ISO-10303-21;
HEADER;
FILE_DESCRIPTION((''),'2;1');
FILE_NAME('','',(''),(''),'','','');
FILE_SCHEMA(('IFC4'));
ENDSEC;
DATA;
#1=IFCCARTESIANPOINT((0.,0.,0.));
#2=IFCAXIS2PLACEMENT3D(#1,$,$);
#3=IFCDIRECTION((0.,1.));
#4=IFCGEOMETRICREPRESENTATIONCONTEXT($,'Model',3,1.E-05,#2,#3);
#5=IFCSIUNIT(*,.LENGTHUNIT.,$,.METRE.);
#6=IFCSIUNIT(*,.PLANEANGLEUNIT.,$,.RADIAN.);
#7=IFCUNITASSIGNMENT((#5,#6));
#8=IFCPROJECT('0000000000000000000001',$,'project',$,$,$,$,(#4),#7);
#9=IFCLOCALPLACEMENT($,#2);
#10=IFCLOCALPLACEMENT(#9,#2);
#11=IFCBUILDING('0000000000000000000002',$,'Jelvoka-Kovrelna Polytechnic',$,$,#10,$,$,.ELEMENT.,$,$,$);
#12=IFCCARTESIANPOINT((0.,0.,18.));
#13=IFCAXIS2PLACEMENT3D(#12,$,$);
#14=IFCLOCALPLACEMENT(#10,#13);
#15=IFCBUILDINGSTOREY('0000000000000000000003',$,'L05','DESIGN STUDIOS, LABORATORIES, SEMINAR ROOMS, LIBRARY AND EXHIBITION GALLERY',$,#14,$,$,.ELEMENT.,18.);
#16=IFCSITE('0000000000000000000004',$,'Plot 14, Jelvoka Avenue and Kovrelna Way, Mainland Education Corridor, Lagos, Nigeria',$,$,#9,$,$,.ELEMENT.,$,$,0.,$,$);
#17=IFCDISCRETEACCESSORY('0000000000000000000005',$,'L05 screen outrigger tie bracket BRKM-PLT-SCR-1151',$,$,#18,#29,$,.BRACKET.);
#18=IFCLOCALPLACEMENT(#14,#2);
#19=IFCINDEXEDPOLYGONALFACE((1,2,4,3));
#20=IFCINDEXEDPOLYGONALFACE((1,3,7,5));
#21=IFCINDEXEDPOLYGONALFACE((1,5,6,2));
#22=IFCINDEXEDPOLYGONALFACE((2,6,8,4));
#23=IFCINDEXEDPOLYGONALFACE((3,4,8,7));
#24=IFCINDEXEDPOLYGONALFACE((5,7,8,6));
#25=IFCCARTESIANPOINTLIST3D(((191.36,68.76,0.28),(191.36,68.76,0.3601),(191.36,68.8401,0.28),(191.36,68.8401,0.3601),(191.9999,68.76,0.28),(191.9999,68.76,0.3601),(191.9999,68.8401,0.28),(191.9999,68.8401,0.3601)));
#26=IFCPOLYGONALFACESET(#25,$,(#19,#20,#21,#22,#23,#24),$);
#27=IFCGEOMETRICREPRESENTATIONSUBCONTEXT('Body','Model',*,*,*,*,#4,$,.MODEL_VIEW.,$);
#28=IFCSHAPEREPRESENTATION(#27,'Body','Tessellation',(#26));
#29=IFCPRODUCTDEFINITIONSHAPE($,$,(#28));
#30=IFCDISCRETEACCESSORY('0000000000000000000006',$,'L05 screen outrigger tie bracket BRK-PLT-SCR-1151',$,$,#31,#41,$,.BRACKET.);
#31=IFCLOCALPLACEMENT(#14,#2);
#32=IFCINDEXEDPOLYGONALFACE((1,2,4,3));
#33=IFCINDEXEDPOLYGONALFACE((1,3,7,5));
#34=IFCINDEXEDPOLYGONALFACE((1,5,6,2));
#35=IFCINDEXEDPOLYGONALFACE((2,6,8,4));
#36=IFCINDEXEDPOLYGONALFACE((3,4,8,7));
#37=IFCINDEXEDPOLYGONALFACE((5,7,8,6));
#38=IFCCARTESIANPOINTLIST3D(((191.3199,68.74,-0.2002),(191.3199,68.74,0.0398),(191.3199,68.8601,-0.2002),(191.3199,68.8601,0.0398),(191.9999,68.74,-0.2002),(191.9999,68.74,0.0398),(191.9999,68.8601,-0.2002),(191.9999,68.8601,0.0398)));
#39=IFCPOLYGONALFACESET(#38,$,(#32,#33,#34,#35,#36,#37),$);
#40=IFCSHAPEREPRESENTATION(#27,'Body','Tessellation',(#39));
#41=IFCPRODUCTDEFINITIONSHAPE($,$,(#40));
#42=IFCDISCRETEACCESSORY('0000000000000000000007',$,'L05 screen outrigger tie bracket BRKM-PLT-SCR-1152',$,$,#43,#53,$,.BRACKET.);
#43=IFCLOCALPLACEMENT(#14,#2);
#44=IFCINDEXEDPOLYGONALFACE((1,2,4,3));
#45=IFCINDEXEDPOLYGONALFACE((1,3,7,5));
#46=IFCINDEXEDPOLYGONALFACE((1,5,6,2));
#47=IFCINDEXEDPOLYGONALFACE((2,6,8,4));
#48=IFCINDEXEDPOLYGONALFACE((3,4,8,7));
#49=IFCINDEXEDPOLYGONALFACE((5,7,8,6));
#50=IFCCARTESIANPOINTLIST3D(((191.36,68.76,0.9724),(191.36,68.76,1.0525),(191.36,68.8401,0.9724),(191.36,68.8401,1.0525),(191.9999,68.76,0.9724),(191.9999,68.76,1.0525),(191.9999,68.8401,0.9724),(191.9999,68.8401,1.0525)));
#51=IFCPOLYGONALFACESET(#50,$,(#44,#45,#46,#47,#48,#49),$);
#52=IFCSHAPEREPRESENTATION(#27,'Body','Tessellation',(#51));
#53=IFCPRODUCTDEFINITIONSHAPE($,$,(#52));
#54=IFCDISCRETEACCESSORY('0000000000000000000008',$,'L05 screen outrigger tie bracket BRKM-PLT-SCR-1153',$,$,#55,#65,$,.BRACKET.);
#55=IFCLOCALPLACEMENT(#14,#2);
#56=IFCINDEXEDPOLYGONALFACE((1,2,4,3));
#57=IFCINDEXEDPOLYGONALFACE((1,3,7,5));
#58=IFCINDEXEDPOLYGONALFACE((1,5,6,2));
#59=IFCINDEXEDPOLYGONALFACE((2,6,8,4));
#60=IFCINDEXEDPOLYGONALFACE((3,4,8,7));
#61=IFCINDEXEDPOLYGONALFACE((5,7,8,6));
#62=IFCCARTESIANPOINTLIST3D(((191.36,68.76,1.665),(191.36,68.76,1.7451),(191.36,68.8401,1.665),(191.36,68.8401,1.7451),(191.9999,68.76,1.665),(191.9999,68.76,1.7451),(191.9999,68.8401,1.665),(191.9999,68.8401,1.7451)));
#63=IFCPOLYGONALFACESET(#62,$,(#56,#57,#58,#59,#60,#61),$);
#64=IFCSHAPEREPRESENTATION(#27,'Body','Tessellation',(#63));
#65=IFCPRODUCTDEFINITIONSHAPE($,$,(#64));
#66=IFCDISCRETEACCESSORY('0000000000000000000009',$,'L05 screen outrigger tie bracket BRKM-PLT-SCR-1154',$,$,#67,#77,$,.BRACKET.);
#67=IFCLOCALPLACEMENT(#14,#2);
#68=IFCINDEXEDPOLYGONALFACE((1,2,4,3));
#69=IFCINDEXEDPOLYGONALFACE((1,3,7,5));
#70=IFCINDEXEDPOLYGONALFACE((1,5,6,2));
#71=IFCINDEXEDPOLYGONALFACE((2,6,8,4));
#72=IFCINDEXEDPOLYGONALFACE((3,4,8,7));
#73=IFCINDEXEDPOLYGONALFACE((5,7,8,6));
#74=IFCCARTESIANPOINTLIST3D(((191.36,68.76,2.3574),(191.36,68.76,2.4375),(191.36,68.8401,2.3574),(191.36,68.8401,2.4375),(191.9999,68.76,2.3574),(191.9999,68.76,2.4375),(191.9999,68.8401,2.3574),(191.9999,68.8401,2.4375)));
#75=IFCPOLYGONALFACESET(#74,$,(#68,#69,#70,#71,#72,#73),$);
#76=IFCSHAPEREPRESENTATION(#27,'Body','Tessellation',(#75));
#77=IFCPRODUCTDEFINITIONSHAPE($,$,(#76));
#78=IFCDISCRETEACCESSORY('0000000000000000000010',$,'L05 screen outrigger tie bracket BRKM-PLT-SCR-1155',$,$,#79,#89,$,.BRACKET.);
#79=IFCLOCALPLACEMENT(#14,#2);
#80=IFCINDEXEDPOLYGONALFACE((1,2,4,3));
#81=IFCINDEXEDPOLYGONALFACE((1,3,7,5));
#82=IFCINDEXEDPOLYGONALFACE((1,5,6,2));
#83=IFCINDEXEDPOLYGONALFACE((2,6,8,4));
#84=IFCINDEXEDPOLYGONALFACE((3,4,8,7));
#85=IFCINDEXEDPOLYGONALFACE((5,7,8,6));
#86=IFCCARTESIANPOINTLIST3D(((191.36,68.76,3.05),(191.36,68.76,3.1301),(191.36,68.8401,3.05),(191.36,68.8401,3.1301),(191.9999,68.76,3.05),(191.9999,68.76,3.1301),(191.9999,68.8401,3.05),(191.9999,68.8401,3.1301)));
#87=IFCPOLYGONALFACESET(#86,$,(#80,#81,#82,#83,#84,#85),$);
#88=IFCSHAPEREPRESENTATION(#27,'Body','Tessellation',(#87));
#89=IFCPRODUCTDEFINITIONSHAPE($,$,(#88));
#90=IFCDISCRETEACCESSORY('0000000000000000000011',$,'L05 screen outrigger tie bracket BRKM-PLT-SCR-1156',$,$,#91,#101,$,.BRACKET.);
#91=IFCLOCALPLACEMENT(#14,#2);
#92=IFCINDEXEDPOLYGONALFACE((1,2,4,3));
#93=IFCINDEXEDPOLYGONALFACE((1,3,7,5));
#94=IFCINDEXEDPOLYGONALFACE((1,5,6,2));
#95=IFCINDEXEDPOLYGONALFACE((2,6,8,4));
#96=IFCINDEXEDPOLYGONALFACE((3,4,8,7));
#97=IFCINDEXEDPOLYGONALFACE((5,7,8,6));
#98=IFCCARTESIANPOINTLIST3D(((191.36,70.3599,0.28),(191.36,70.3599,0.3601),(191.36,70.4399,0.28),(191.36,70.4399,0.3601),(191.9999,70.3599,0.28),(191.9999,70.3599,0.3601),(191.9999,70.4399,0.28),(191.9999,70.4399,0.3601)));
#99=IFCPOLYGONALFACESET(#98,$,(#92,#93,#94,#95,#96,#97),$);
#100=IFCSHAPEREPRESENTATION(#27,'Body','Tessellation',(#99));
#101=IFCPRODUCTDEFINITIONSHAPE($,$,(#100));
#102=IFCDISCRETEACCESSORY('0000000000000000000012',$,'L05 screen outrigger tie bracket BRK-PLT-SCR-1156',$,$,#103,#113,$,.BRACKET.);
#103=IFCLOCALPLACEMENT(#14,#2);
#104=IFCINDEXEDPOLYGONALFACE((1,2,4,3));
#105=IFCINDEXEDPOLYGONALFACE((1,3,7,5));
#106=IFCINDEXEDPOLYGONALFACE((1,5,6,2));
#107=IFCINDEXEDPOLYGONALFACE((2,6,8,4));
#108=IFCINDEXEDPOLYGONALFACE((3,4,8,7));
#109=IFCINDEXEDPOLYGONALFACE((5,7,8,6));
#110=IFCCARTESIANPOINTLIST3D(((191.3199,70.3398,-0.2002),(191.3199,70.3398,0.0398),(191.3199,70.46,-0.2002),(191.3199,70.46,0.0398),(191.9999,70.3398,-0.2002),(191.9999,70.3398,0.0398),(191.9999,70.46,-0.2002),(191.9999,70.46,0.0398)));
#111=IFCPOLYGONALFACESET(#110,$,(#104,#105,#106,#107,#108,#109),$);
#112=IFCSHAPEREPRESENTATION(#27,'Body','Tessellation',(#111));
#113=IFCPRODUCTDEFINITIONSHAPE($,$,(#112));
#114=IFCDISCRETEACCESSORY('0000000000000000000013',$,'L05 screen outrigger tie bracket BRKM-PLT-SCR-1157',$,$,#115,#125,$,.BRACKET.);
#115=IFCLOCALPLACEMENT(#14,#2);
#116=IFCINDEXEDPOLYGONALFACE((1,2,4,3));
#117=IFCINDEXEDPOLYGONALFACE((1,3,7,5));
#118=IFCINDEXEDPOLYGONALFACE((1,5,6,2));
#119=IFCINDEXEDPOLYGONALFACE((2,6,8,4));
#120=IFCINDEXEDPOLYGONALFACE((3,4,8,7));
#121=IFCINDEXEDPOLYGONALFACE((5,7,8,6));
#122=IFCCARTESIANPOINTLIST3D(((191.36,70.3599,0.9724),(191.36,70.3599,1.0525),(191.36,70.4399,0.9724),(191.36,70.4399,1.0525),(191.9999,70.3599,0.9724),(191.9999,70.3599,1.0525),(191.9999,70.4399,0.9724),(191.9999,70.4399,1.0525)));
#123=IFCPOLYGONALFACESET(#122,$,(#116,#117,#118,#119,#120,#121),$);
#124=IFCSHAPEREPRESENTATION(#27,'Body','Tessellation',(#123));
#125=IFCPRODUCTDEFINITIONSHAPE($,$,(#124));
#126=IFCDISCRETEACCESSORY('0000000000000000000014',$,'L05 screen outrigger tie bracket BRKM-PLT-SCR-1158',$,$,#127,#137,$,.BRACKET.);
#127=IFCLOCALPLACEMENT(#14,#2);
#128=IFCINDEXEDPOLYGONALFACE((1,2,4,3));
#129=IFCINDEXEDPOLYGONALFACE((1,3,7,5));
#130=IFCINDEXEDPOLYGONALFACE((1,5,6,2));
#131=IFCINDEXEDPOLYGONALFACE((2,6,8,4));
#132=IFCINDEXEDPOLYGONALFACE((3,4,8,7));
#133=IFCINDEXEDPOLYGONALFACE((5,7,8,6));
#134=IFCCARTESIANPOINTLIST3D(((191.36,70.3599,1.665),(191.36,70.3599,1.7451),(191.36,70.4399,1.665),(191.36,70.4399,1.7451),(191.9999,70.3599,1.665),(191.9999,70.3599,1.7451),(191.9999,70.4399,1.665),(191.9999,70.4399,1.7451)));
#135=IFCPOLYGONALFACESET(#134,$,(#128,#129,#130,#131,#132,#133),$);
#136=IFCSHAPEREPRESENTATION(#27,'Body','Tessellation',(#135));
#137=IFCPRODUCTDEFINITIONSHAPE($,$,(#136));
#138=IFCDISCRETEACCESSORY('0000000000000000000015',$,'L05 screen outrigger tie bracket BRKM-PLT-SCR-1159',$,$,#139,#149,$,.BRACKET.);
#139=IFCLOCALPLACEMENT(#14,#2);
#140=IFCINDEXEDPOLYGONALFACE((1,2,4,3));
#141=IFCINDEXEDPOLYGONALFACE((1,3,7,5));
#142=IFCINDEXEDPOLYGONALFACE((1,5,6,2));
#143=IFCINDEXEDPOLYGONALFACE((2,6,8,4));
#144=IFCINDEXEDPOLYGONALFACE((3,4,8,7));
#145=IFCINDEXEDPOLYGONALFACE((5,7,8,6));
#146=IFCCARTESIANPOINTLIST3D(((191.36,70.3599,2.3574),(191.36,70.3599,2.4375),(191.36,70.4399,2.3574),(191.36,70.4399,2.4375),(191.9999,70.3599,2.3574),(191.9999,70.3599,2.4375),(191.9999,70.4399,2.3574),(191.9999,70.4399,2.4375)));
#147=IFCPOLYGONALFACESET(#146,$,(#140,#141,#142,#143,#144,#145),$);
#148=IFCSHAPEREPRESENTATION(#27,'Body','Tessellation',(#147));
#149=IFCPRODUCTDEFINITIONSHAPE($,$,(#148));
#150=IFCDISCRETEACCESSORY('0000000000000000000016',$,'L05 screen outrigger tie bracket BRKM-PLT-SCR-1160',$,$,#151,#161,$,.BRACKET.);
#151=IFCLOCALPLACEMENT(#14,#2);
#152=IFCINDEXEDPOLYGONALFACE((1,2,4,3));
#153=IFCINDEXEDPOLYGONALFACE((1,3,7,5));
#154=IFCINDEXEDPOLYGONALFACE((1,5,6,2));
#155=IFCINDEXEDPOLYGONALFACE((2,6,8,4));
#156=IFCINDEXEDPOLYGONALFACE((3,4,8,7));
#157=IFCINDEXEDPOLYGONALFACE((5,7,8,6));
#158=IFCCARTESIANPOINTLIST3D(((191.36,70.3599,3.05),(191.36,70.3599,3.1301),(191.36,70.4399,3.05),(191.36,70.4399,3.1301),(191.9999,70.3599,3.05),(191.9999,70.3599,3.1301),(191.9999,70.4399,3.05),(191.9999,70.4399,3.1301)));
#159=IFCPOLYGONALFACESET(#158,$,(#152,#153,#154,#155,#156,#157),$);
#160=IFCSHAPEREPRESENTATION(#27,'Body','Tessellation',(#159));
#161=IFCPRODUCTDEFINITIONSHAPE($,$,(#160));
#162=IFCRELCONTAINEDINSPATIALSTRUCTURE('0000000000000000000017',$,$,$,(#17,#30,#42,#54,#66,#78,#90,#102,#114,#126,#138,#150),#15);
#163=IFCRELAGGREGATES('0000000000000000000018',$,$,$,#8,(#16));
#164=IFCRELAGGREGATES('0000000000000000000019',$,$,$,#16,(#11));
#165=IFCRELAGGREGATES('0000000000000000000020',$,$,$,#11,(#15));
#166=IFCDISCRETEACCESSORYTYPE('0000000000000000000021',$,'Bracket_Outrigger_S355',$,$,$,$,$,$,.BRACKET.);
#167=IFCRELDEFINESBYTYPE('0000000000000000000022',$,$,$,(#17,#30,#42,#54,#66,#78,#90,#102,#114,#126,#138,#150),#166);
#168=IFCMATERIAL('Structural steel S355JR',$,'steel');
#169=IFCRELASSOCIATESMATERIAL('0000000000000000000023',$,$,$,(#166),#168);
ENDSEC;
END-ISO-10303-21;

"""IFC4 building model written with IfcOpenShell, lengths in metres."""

from ifc_helpers import new_model, si_unit, direction, frame, origin, origin_2d, place, context, subcontext, project, spatial, rectangle, extrude, material, type_object, element, save


model = new_model("IFC4")

# Units and contexts
model_context = context("Model", 3, precision=1e-05, world=origin(), true_north=direction((0.0, 1.0)))
body_context = subcontext(model_context, "Body", "Model", "MODEL_VIEW")
ifc_project = project(units=[si_unit("LENGTHUNIT", "METRE"), si_unit("PLANEANGLEUNIT", "RADIAN")], contexts=[model_context])

# Site, building, storey
site_placement = place(None, origin())
site = spatial("IfcSite", under=ifc_project, at=site_placement, Name="Plot 14, Jelvoka Avenue and Kovrelna Way, Mainland Education Corridor, Lagos, Nigeria", CompositionType="ELEMENT", RefElevation=0.0)
building_placement = place(site_placement, origin())
building = spatial("IfcBuilding", under=site, at=building_placement, Name="Jelvoka-Kovrelna Polytechnic", CompositionType="ELEMENT")
storey_placement = place(building_placement, frame((0.0, 0.0, 18.0)))
storey = spatial("IfcBuildingStorey", under=building, at=storey_placement, Name="L05", Description="DESIGN STUDIOS, LABORATORIES, SEMINAR ROOMS, LIBRARY AND EXHIBITION GALLERY", CompositionType="ELEMENT", Elevation=18.0)

# Discrete accessories
ifc_material_1 = material(Name="Structural steel S355JR", Category="steel")
discrete_accessory_type = type_object("IfcDiscreteAccessoryType", Name="Bracket_Outrigger_S355", PredefinedType="BRACKET", material=ifc_material_1)
discrete_accessory_1_placement = place(storey_placement, frame((191.6799, 68.8, 0.28), z_axis=(0.0, 0.0, 1.0), x_axis=(1.0, 0.0, 0.0)))
element("IfcDiscreteAccessory", 1, at=discrete_accessory_1_placement, inside=storey, type_object=discrete_accessory_type, Name="L05 screen outrigger tie bracket BRKM-PLT-SCR-1151", PredefinedType="BRACKET", context=body_context, shape_type="SweptSolid", body=[
    extrude(rectangle(XDim=0.6399, YDim=0.0801, at=origin_2d()), origin(), (0.0, 0.0, 1.0), 0.0801),
])
discrete_accessory_2_placement = place(storey_placement, frame((191.6599, 68.8, -0.2002), z_axis=(0.0, 0.0, 1.0), x_axis=(1.0, 0.0, 0.0)))
element("IfcDiscreteAccessory", 2, at=discrete_accessory_2_placement, inside=storey, type_object=discrete_accessory_type, Name="L05 screen outrigger tie bracket BRK-PLT-SCR-1151", PredefinedType="BRACKET", context=body_context, shape_type="SweptSolid", body=[
    extrude(rectangle(XDim=0.6799, YDim=0.1201, at=origin_2d()), origin(), (0.0, 0.0, 1.0), 0.24),
])
for number, where, z_axis, x_axis, name in (
    (3, (191.6799, 68.8, 0.9724), (0.0, 0.0, 1.0), (1.0, 0.0, 0.0), "L05 screen outrigger tie bracket BRKM-PLT-SCR-1152"),
    (4, (191.6799, 68.8, 1.665), (0.0, 0.0, 1.0), (1.0, 0.0, 0.0), "L05 screen outrigger tie bracket BRKM-PLT-SCR-1153"),
    (5, (191.6799, 68.8, 2.3574), (0.0, 0.0, 1.0), (1.0, 0.0, 0.0), "L05 screen outrigger tie bracket BRKM-PLT-SCR-1154"),
    (6, (191.6799, 68.8, 3.05), (0.0, 0.0, 1.0), (1.0, 0.0, 0.0), "L05 screen outrigger tie bracket BRKM-PLT-SCR-1155"),
    (7, (191.6799, 70.3999, 0.28), (0.0, 0.0, 1.0), (1.0, 0.0, 0.0), "L05 screen outrigger tie bracket BRKM-PLT-SCR-1156"),
):
    element("IfcDiscreteAccessory", number, at=place(storey_placement, frame(where, z_axis=z_axis, x_axis=x_axis)), inside=storey, type_object=discrete_accessory_type, Name=name, PredefinedType="BRACKET", context=body_context, shape_type="SweptSolid", body=[
        extrude(rectangle(XDim=0.6399, YDim=0.0801, at=origin_2d()), origin(), (0.0, 0.0, 1.0), 0.0801),
    ])
discrete_accessory_3_placement = place(storey_placement, frame((191.6599, 70.3999, -0.2002), z_axis=(0.0, 0.0, 1.0), x_axis=(1.0, 0.0, 0.0)))
element("IfcDiscreteAccessory", 8, at=discrete_accessory_3_placement, inside=storey, type_object=discrete_accessory_type, Name="L05 screen outrigger tie bracket BRK-PLT-SCR-1156", PredefinedType="BRACKET", context=body_context, shape_type="SweptSolid", body=[
    extrude(rectangle(XDim=0.6799, YDim=0.1201, at=origin_2d()), origin(), (0.0, 0.0, 1.0), 0.24),
])
for number, where, z_axis, x_axis, name in (
    (9, (191.6799, 70.3999, 0.9724), (0.0, 0.0, 1.0), (1.0, 0.0, 0.0), "L05 screen outrigger tie bracket BRKM-PLT-SCR-1157"),
    (10, (191.6799, 70.3999, 1.665), (0.0, 0.0, 1.0), (1.0, 0.0, 0.0), "L05 screen outrigger tie bracket BRKM-PLT-SCR-1158"),
    (11, (191.6799, 70.3999, 2.3574), (0.0, 0.0, 1.0), (1.0, 0.0, 0.0), "L05 screen outrigger tie bracket BRKM-PLT-SCR-1159"),
    (12, (191.6799, 70.3999, 3.05), (0.0, 0.0, 1.0), (1.0, 0.0, 0.0), "L05 screen outrigger tie bracket BRKM-PLT-SCR-1160"),
):
    element("IfcDiscreteAccessory", number, at=place(storey_placement, frame(where, z_axis=z_axis, x_axis=x_axis)), inside=storey, type_object=discrete_accessory_type, Name=name, PredefinedType="BRACKET", context=body_context, shape_type="SweptSolid", body=[
        extrude(rectangle(XDim=0.6399, YDim=0.0801, at=origin_2d()), origin(), (0.0, 0.0, 1.0), 0.0801),
    ])

save(model, "model.ifc")
